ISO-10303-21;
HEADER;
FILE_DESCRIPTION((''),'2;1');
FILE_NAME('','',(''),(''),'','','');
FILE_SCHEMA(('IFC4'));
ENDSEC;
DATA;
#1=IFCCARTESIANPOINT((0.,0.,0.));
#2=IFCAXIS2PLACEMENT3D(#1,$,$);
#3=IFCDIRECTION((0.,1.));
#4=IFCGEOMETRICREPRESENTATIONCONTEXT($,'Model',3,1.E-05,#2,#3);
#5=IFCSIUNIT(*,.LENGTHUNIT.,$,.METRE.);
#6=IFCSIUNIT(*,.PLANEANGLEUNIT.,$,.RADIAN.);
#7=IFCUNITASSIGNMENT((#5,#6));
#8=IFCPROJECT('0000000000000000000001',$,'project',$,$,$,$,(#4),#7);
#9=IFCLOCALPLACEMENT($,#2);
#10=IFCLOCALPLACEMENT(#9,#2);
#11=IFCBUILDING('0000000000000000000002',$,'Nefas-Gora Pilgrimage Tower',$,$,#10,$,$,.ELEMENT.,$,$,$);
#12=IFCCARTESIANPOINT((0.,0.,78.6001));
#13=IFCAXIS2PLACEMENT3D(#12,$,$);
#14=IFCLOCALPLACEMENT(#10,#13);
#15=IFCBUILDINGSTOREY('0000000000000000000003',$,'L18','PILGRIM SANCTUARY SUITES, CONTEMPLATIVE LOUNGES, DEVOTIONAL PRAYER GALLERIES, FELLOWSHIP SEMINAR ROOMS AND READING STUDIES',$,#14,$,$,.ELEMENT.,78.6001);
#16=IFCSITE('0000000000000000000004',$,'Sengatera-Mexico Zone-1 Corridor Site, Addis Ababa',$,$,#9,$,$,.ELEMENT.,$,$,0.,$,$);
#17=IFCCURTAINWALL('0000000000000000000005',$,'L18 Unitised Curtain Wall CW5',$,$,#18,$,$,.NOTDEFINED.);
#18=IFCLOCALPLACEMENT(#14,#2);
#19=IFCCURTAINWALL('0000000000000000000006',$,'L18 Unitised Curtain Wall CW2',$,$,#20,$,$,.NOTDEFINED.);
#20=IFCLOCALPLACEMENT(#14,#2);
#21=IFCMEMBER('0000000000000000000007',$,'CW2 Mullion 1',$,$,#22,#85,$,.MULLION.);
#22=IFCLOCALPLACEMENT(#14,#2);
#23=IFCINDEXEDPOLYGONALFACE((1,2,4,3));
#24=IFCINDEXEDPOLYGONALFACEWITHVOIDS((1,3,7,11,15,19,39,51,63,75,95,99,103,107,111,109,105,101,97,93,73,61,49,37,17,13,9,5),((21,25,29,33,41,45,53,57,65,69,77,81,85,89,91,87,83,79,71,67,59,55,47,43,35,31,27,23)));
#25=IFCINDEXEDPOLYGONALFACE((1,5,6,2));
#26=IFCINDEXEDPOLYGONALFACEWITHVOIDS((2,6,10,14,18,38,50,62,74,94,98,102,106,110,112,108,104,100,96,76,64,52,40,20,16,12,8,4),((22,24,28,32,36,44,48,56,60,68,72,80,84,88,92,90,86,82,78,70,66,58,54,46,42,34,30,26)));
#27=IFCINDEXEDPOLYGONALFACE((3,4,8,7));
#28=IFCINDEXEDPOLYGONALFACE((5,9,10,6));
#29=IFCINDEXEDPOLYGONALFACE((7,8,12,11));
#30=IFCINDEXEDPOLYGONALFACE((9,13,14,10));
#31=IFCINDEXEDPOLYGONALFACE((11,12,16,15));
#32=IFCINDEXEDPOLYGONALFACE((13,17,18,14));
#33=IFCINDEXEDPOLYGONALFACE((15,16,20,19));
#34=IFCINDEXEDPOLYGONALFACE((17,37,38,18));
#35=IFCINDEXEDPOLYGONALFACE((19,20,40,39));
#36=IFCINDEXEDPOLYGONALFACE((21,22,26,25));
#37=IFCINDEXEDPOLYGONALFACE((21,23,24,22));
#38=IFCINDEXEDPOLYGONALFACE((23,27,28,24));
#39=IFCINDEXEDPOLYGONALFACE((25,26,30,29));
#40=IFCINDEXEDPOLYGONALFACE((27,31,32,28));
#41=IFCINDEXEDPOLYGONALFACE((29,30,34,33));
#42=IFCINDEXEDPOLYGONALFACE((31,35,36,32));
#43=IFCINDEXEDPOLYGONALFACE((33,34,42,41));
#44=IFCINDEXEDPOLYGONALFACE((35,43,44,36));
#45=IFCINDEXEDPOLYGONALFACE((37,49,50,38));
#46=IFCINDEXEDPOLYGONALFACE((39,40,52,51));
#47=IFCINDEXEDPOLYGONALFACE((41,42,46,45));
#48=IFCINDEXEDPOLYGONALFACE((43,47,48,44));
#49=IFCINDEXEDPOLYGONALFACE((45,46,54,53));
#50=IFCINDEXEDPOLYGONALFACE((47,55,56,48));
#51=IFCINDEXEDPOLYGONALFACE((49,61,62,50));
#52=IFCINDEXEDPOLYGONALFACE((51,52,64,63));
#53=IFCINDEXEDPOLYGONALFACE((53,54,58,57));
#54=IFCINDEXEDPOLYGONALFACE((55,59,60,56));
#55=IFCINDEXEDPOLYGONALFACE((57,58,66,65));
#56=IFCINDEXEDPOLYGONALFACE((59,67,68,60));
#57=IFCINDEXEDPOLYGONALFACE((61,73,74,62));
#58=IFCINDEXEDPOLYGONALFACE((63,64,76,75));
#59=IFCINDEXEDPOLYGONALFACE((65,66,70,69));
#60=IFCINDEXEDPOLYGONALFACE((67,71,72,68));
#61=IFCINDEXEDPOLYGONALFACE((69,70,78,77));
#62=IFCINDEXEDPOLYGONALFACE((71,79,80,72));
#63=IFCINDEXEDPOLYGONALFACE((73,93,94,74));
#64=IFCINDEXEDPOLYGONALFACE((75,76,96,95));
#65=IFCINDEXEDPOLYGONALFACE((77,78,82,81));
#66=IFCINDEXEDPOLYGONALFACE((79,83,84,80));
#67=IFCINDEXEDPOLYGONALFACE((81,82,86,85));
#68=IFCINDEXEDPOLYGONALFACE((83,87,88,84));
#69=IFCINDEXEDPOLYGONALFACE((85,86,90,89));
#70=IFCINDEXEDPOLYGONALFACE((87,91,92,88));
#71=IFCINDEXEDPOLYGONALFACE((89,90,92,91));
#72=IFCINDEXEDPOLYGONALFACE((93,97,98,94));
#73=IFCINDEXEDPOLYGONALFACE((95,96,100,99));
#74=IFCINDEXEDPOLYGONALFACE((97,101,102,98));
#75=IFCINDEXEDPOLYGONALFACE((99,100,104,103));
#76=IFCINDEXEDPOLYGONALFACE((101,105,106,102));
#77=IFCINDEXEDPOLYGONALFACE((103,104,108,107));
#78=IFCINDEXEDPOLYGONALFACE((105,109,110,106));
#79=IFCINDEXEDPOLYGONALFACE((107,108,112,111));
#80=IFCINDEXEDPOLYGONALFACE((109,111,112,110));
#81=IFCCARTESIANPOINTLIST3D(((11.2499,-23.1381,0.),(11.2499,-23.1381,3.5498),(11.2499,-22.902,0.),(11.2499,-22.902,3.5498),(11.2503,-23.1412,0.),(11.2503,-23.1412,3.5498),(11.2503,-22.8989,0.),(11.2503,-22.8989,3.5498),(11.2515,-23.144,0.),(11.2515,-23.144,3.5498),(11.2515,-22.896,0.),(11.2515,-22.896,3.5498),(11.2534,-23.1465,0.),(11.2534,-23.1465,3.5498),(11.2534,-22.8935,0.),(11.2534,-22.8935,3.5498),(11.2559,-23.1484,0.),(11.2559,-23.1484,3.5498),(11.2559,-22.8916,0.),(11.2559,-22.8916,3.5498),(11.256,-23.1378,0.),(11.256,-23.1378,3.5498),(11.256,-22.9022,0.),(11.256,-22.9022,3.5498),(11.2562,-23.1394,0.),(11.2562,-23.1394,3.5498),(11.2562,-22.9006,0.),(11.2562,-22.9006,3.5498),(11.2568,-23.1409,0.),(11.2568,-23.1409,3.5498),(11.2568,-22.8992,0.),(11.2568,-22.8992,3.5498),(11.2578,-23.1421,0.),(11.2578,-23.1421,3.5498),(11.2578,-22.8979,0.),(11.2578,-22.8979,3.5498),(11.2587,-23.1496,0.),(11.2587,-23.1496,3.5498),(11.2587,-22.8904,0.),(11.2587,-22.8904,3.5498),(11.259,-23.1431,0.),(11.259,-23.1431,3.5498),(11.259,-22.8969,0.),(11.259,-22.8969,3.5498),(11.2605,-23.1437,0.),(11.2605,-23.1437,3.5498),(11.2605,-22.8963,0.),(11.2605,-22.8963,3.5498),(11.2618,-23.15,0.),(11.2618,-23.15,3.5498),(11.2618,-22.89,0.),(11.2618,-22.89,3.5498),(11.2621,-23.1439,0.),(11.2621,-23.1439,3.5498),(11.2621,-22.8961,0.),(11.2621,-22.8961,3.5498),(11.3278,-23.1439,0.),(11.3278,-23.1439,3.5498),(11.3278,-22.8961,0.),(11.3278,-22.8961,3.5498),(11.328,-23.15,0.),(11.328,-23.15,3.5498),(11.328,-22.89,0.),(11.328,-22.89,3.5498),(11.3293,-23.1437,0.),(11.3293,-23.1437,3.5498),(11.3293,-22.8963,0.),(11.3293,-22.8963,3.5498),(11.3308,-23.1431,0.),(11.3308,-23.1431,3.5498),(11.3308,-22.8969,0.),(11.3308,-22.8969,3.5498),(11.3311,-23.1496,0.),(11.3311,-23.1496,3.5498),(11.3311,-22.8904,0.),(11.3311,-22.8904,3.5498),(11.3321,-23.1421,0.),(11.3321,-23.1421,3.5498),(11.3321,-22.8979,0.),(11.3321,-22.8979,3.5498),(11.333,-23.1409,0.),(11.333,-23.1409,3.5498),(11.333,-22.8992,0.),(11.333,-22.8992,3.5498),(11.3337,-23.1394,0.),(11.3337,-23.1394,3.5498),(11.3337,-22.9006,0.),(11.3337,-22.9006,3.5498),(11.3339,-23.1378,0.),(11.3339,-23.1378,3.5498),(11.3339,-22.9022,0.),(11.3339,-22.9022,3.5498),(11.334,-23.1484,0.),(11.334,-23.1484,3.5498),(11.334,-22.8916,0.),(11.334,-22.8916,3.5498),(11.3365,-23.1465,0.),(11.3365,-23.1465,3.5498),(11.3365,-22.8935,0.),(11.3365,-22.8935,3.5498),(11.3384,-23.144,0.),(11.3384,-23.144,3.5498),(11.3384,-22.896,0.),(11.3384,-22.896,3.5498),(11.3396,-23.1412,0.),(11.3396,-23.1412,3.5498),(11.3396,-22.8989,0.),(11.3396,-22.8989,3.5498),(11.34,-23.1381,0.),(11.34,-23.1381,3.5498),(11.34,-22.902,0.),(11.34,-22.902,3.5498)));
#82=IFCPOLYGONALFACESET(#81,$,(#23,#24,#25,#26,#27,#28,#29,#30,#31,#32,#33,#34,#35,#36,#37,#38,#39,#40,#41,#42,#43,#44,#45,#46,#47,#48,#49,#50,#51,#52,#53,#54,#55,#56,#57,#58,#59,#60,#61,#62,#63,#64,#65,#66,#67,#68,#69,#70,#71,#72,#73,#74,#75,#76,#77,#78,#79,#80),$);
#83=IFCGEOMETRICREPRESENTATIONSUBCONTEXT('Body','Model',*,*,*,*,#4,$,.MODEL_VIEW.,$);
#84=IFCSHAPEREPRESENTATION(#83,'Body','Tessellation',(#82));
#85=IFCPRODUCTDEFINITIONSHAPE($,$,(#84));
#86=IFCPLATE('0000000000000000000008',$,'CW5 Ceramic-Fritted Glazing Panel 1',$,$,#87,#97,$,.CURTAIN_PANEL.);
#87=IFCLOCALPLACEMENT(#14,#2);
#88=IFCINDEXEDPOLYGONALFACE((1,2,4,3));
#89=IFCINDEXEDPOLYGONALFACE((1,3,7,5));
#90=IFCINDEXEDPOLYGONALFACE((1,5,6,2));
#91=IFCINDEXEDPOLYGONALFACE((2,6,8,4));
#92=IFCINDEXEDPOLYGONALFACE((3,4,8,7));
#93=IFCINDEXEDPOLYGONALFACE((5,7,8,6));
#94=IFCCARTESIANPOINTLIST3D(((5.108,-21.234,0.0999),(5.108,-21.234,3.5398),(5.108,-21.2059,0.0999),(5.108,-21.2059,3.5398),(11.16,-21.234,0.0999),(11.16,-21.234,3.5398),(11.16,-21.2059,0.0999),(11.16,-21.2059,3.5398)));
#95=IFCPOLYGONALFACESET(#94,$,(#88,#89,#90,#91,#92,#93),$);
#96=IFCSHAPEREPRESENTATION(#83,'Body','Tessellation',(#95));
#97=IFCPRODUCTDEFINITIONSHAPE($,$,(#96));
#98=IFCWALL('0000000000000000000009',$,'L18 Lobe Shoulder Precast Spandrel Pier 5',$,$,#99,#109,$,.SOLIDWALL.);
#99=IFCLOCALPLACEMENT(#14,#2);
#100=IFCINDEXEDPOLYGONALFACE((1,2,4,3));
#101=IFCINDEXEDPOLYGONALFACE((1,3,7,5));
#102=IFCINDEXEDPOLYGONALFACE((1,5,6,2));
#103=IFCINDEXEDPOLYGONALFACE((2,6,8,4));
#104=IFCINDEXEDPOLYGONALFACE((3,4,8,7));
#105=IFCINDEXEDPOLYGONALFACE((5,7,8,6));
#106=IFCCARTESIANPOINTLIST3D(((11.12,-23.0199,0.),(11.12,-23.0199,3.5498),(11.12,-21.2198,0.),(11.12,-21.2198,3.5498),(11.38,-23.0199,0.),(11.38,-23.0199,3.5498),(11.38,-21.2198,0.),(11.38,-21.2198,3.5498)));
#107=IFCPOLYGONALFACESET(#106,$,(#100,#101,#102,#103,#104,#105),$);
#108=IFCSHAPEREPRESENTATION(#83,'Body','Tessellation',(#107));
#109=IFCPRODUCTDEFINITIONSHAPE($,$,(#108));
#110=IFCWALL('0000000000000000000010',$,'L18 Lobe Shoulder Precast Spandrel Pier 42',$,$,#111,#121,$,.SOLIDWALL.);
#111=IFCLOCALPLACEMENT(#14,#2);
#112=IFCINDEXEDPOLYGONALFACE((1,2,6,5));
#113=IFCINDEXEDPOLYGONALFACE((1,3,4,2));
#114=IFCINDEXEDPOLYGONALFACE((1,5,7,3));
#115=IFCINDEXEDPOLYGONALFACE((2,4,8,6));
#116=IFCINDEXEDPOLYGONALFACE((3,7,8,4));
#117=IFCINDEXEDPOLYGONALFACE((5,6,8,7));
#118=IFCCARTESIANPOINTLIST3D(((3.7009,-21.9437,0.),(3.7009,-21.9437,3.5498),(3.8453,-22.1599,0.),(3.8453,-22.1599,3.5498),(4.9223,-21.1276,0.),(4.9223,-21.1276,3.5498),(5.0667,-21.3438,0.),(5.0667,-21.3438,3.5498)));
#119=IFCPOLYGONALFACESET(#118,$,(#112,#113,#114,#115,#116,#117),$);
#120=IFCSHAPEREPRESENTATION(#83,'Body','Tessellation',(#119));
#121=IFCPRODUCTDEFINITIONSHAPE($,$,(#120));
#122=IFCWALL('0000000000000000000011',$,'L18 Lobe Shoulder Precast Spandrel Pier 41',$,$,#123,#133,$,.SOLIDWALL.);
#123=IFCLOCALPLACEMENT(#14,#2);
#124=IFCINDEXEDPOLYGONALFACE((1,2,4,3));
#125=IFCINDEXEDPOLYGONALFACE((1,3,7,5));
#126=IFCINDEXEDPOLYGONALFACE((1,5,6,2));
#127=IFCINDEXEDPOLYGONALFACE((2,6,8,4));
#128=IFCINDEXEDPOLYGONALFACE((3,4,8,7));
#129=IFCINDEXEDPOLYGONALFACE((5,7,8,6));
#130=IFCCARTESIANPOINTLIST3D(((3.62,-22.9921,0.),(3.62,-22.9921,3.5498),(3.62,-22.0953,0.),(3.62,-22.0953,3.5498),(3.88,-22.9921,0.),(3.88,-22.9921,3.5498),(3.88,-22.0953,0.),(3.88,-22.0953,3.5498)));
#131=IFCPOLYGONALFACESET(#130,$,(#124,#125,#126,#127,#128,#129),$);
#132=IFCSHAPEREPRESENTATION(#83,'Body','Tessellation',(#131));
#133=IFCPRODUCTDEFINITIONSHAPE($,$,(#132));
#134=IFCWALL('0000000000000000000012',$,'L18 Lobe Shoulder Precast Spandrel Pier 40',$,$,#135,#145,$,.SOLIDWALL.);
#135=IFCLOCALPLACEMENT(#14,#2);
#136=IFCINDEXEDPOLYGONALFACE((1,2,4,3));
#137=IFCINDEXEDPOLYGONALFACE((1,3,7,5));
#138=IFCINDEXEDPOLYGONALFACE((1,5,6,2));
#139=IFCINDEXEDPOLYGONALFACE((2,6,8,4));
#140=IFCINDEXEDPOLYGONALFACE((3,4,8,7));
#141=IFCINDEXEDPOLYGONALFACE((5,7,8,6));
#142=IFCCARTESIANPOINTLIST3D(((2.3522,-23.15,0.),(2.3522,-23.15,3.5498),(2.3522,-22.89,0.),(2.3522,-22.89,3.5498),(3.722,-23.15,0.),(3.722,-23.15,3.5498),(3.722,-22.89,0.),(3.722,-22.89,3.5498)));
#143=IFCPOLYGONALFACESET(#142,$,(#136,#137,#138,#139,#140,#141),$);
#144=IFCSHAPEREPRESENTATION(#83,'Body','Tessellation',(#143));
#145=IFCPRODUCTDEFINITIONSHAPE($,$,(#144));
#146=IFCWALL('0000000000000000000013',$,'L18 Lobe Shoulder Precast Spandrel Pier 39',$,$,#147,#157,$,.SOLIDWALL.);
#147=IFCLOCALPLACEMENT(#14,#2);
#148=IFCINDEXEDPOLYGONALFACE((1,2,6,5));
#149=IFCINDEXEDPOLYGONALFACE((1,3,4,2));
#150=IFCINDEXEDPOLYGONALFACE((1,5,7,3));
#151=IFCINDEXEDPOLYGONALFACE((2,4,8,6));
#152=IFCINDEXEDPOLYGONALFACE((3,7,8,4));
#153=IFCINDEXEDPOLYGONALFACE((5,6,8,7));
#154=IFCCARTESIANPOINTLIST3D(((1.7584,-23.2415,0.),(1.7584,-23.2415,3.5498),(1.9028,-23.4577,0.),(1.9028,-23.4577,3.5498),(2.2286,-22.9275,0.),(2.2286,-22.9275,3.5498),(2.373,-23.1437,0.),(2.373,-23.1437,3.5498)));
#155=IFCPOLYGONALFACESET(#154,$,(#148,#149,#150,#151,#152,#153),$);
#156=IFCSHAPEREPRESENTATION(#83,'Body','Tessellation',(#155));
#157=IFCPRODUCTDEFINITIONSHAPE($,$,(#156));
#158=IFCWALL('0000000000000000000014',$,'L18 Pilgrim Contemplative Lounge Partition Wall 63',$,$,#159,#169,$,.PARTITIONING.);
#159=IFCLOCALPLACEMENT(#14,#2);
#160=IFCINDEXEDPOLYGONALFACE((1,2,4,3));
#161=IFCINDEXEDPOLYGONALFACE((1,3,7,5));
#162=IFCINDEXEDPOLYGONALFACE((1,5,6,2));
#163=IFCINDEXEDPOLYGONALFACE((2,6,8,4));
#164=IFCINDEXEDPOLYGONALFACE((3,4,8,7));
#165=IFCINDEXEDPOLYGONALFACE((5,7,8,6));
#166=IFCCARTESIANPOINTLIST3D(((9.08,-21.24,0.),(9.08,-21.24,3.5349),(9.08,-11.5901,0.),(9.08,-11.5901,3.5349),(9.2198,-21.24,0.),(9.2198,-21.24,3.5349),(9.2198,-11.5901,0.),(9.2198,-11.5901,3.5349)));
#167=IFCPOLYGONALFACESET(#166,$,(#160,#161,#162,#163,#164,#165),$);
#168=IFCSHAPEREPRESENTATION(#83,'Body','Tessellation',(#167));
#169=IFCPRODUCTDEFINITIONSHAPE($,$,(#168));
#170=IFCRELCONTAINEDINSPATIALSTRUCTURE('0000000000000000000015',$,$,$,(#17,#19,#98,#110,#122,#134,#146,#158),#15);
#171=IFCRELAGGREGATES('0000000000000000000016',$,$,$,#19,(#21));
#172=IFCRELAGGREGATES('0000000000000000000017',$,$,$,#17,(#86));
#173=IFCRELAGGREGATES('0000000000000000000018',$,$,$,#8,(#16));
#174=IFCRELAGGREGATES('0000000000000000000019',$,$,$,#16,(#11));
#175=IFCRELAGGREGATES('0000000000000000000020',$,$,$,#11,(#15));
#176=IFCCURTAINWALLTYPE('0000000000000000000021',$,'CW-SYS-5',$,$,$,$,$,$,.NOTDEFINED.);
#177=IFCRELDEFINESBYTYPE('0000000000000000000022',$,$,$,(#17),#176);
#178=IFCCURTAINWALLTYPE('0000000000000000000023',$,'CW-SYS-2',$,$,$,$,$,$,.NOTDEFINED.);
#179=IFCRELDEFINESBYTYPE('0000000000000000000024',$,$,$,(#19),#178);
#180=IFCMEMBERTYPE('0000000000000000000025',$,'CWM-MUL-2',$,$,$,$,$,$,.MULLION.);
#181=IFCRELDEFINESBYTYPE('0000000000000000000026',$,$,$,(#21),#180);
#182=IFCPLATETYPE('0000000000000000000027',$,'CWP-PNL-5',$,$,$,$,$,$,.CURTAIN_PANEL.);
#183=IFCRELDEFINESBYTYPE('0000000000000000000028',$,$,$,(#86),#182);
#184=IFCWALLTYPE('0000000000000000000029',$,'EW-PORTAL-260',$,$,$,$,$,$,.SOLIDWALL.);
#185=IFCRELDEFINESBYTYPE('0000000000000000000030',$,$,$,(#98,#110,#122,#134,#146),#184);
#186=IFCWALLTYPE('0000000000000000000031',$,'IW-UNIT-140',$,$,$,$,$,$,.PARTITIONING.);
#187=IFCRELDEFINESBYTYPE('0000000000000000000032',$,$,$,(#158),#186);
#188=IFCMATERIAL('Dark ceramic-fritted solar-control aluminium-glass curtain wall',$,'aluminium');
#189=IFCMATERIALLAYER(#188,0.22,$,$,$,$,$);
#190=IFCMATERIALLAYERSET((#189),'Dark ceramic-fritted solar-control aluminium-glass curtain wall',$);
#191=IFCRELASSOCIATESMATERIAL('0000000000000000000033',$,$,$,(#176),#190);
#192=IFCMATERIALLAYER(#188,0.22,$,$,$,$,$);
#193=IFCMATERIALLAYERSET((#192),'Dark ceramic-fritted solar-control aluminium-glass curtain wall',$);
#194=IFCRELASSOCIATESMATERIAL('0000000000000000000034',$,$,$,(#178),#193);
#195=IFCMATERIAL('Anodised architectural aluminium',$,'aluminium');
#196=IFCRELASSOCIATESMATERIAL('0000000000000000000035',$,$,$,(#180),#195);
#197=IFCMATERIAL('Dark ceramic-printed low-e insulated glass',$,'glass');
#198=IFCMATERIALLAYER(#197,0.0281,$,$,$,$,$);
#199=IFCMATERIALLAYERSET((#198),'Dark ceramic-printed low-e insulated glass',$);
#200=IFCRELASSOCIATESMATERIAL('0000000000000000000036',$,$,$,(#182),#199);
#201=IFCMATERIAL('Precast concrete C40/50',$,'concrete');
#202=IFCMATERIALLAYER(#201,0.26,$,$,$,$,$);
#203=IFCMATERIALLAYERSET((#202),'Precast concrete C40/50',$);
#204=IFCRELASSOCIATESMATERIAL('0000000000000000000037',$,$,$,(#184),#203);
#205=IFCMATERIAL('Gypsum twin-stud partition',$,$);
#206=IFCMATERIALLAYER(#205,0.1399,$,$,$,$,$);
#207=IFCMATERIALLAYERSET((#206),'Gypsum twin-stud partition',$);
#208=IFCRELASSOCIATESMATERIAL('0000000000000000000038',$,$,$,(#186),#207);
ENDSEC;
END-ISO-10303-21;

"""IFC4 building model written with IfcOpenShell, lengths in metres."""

from ifc_helpers import new_model, si_unit, direction, frame, frame_2d, origin, origin_2d, place, context, subcontext, project, spatial, rectangle, hollow_rectangle, extrude, source, transform, mapped, material, layer, layer_set, material_profile, profile_set, type_object, element, aggregate, save


model = new_model("IFC4")

# Units and contexts
model_context = context("Model", 3, precision=1e-05, world=origin(), true_north=direction((0.0, 1.0)))
body_context = subcontext(model_context, "Body", "Model", "MODEL_VIEW")
ifc_project = project(units=[si_unit("LENGTHUNIT", "METRE"), si_unit("PLANEANGLEUNIT", "RADIAN")], contexts=[model_context])

# Site, building, storey
site_placement = place(None, origin())
site = spatial("IfcSite", under=ifc_project, at=site_placement, Name="Sengatera-Mexico Zone-1 Corridor Site, Addis Ababa", CompositionType="ELEMENT", RefElevation=0.0)
building_placement = place(site_placement, origin())
building = spatial("IfcBuilding", under=site, at=building_placement, Name="Nefas-Gora Pilgrimage Tower", CompositionType="ELEMENT")
storey_placement = place(building_placement, frame((0.0, 0.0, 78.6001)))
storey = spatial("IfcBuildingStorey", under=building, at=storey_placement, Name="L18", Description="PILGRIM SANCTUARY SUITES, CONTEMPLATIVE LOUNGES, DEVOTIONAL PRAYER GALLERIES, FELLOWSHIP SEMINAR ROOMS AND READING STUDIES", CompositionType="ELEMENT", Elevation=78.6001)

# Curtain walls
ifc_material_1 = material(Name="Dark ceramic-fritted solar-control aluminium-glass curtain wall", Category="aluminium")
ifc_layer_1 = layer(ifc_material_1, 0.22)
ifc_layer_set_1 = layer_set([ifc_layer_1], Name="Dark ceramic-fritted solar-control aluminium-glass curtain wall")
curtain_wall_type_1 = type_object("IfcCurtainWallType", Name="CW-SYS-5", PredefinedType="NOTDEFINED", material=ifc_layer_set_1)
curtain_wall_1_placement = place(storey_placement, origin())
curtain_wall_1 = element("IfcCurtainWall", 1, at=curtain_wall_1_placement, inside=storey, type_object=curtain_wall_type_1, Name="L18 Unitised Curtain Wall CW5", PredefinedType="NOTDEFINED")
ifc_material_2 = material(Name="Anodised architectural aluminium", Category="aluminium")
ifc_layer_2 = layer(ifc_material_1, 0.22)
ifc_layer_set_2 = layer_set([ifc_layer_2], Name="Dark ceramic-fritted solar-control aluminium-glass curtain wall")
curtain_wall_type_2 = type_object("IfcCurtainWallType", Name="CW-SYS-2", PredefinedType="NOTDEFINED", material=ifc_layer_set_2)
curtain_wall_2_placement = place(storey_placement, origin())
curtain_wall_2 = element("IfcCurtainWall", 2, at=curtain_wall_2_placement, inside=storey, type_object=curtain_wall_type_2, Name="L18 Unitised Curtain Wall CW2", PredefinedType="NOTDEFINED")

# Member
ifc_material_profile_1 = material_profile(ifc_material_2, hollow_rectangle(XDim=0.0901, YDim=0.26, WallThickness=0.0061, InnerFilletRadius=0.0061, OuterFilletRadius=0.012, at=origin_2d()), Name="ALU MULLION 90x260")
ifc_profile_set_1 = profile_set([ifc_material_profile_1], Name="Anodised architectural aluminium")
member_type_1 = type_object("IfcMemberType", Name="CWM-MUL-2", PredefinedType="MULLION", material=ifc_profile_set_1)
shared_shape_1 = source(origin(), body_context, "Body", "SweptSolid", [
    extrude(hollow_rectangle(XDim=0.0901, YDim=0.26, WallThickness=0.0061, InnerFilletRadius=0.0061, OuterFilletRadius=0.012, at=origin_2d()), origin(), (0.0, 0.0, 1.0), 3.5498),
])
member_1_placement = place(storey_placement, frame((11.2949, -23.02, 0.0), z_axis=(0.0, 0.0, 1.0), x_axis=(1.0, 0.0, 0.0)))
member_1 = element("IfcMember", 3, at=member_1_placement, type_object=member_type_1, Name="CW2 Mullion 1", PredefinedType="MULLION", context=body_context, shape_type="MappedRepresentation", body=[
    mapped(shared_shape_1, transform((0.0, 0.0, 0.0), x_axis=(1.0, 0.0, 0.0), y_axis=(0.0, 1.0, 0.0), z_axis=(0.0, 0.0, 1.0), scale=1.0)),
])
aggregate(curtain_wall_2, [member_1])

# Plate
ifc_material_3 = material(Name="Dark ceramic-printed low-e insulated glass", Category="glass")
ifc_layer_3 = layer(ifc_material_3, 0.0281)
ifc_layer_set_3 = layer_set([ifc_layer_3], Name="Dark ceramic-printed low-e insulated glass")
plate_type = type_object("IfcPlateType", Name="CWP-PNL-5", PredefinedType="CURTAIN_PANEL", material=ifc_layer_set_3)
shared_shape_2 = source(origin(), body_context, "Body", "SweptSolid", [
    extrude(rectangle(XDim=6.052, YDim=0.0281, at=origin_2d()), origin(), (0.0, 0.0, 1.0), 3.4399),
])
plate_placement = place(storey_placement, frame((8.134, -21.22, 0.0999), z_axis=(0.0, 0.0, 1.0), x_axis=(1.0, 0.0, 0.0)))
plate = element("IfcPlate", 4, at=plate_placement, type_object=plate_type, Name="CW5 Ceramic-Fritted Glazing Panel 1", PredefinedType="CURTAIN_PANEL", context=body_context, shape_type="MappedRepresentation", body=[
    mapped(shared_shape_2, transform((0.0, 0.0, 0.0), x_axis=(1.0, 0.0, 0.0), y_axis=(0.0, 1.0, 0.0), z_axis=(0.0, 0.0, 1.0), scale=1.0)),
])
aggregate(curtain_wall_1, [plate])

# Walls
ifc_material_4 = material(Name="Precast concrete C40/50", Category="concrete")
ifc_layer_4 = layer(ifc_material_4, 0.26)
ifc_layer_set_4 = layer_set([ifc_layer_4], Name="Precast concrete C40/50")
wall_type_1 = type_object("IfcWallType", Name="EW-PORTAL-260", PredefinedType="SOLIDWALL", material=ifc_layer_set_4)
shared_shape_3 = source(origin(), body_context, "Body", "SweptSolid", [
    extrude(rectangle(XDim=1.8, YDim=0.26, at=frame_2d((0.8999, 0.0))), origin(), (0.0, 0.0, 1.0), 3.5498),
])
wall_1_placement = place(storey_placement, frame((11.25, -21.22, 0.0), z_axis=(0.0, 0.0, 1.0), x_axis=(0.0, -1.0, 0.0)))
element("IfcWall", 5, at=wall_1_placement, inside=storey, type_object=wall_type_1, Name="L18 Lobe Shoulder Precast Spandrel Pier 5", PredefinedType="SOLIDWALL", context=body_context, shape_type="MappedRepresentation", body=[
    mapped(shared_shape_3, transform((0.0, 0.0, 0.0), x_axis=(1.0, 0.0, 0.0), y_axis=(0.0, 1.0, 0.0), z_axis=(0.0, 0.0, 1.0), scale=1.0)),
])
shared_shape_4 = source(origin(), body_context, "Body", "SweptSolid", [
    extrude(rectangle(XDim=1.469, YDim=0.26, at=frame_2d((0.7344, 0.0))), origin(), (0.0, 0.0, 1.0), 3.5498),
])
wall_2_placement = place(storey_placement, frame((3.7732, -22.0518, 0.0), z_axis=(0.0, 0.0, 1.0), x_axis=(0.831462, 0.555582, 0.0)))
element("IfcWall", 6, at=wall_2_placement, inside=storey, type_object=wall_type_1, Name="L18 Lobe Shoulder Precast Spandrel Pier 42", PredefinedType="SOLIDWALL", context=body_context, shape_type="MappedRepresentation", body=[
    mapped(shared_shape_4, transform((0.0, 0.0, 0.0), x_axis=(1.0, 0.0, 0.0), y_axis=(0.0, 1.0, 0.0), z_axis=(0.0, 0.0, 1.0), scale=1.0)),
])
shared_shape_5 = source(origin(), body_context, "Body", "SweptSolid", [
    extrude(rectangle(XDim=0.8967, YDim=0.26, at=frame_2d((0.4482, 0.0))), origin(), (0.0, 0.0, 1.0), 3.5498),
])
wall_3_placement = place(storey_placement, frame((3.75, -22.9919, 0.0), z_axis=(0.0, 0.0, 1.0), x_axis=(0.0, 1.0, 0.0)))
element("IfcWall", 7, at=wall_3_placement, inside=storey, type_object=wall_type_1, Name="L18 Lobe Shoulder Precast Spandrel Pier 41", PredefinedType="SOLIDWALL", context=body_context, shape_type="MappedRepresentation", body=[
    mapped(shared_shape_5, transform((0.0, 0.0, 0.0), x_axis=(1.0, 0.0, 0.0), y_axis=(0.0, 1.0, 0.0), z_axis=(0.0, 0.0, 1.0), scale=1.0)),
])
shared_shape_6 = source(origin(), body_context, "Body", "SweptSolid", [
    extrude(rectangle(XDim=1.3699, YDim=0.26, at=frame_2d((0.6851, 0.0))), origin(), (0.0, 0.0, 1.0), 3.5498),
])
wall_4_placement = place(storey_placement, frame((2.3521, -23.02, 0.0), z_axis=(0.0, 0.0, 1.0), x_axis=(1.0, 0.0, 0.0)))
element("IfcWall", 8, at=wall_4_placement, inside=storey, type_object=wall_type_1, Name="L18 Lobe Shoulder Precast Spandrel Pier 40", PredefinedType="SOLIDWALL", context=body_context, shape_type="MappedRepresentation", body=[
    mapped(shared_shape_6, transform((0.0, 0.0, 0.0), x_axis=(1.0, 0.0, 0.0), y_axis=(0.0, 1.0, 0.0), z_axis=(0.0, 0.0, 1.0), scale=1.0)),
])
shared_shape_7 = source(origin(), body_context, "Body", "SweptSolid", [
    extrude(rectangle(XDim=0.5654, YDim=0.26, at=frame_2d((0.2827, 0.0))), origin(), (0.0, 0.0, 1.0), 3.5498),
])
wall_5_placement = place(storey_placement, frame((1.8306, -23.3496, 0.0), z_axis=(0.0, 0.0, 1.0), x_axis=(0.831651, 0.555298, 0.0)))
element("IfcWall", 9, at=wall_5_placement, inside=storey, type_object=wall_type_1, Name="L18 Lobe Shoulder Precast Spandrel Pier 39", PredefinedType="SOLIDWALL", context=body_context, shape_type="MappedRepresentation", body=[
    mapped(shared_shape_7, transform((0.0, 0.0, 0.0), x_axis=(1.0, 0.0, 0.0), y_axis=(0.0, 1.0, 0.0), z_axis=(0.0, 0.0, 1.0), scale=1.0)),
])
ifc_material_5 = material(Name="Gypsum twin-stud partition")
ifc_layer_5 = layer(ifc_material_5, 0.1399)
ifc_layer_set_5 = layer_set([ifc_layer_5], Name="Gypsum twin-stud partition")
wall_type_2 = type_object("IfcWallType", Name="IW-UNIT-140", PredefinedType="PARTITIONING", material=ifc_layer_set_5)
shared_shape_8 = source(origin(), body_context, "Body", "SweptSolid", [
    extrude(rectangle(XDim=9.6499, YDim=0.1399, at=frame_2d((4.825, 0.0))), origin(), (0.0, 0.0, 1.0), 3.5349),
])
wall_6_placement = place(storey_placement, frame((9.1499, -21.24, 0.0), z_axis=(0.0, 0.0, 1.0), x_axis=(0.0, 1.0, 0.0)))
element("IfcWall", 10, at=wall_6_placement, inside=storey, type_object=wall_type_2, Name="L18 Pilgrim Contemplative Lounge Partition Wall 63", PredefinedType="PARTITIONING", context=body_context, shape_type="MappedRepresentation", body=[
    mapped(shared_shape_8, transform((0.0, 0.0, 0.0), x_axis=(1.0, 0.0, 0.0), y_axis=(0.0, 1.0, 0.0), z_axis=(0.0, 0.0, 1.0), scale=1.0)),
])

save(model, "model.ifc")
